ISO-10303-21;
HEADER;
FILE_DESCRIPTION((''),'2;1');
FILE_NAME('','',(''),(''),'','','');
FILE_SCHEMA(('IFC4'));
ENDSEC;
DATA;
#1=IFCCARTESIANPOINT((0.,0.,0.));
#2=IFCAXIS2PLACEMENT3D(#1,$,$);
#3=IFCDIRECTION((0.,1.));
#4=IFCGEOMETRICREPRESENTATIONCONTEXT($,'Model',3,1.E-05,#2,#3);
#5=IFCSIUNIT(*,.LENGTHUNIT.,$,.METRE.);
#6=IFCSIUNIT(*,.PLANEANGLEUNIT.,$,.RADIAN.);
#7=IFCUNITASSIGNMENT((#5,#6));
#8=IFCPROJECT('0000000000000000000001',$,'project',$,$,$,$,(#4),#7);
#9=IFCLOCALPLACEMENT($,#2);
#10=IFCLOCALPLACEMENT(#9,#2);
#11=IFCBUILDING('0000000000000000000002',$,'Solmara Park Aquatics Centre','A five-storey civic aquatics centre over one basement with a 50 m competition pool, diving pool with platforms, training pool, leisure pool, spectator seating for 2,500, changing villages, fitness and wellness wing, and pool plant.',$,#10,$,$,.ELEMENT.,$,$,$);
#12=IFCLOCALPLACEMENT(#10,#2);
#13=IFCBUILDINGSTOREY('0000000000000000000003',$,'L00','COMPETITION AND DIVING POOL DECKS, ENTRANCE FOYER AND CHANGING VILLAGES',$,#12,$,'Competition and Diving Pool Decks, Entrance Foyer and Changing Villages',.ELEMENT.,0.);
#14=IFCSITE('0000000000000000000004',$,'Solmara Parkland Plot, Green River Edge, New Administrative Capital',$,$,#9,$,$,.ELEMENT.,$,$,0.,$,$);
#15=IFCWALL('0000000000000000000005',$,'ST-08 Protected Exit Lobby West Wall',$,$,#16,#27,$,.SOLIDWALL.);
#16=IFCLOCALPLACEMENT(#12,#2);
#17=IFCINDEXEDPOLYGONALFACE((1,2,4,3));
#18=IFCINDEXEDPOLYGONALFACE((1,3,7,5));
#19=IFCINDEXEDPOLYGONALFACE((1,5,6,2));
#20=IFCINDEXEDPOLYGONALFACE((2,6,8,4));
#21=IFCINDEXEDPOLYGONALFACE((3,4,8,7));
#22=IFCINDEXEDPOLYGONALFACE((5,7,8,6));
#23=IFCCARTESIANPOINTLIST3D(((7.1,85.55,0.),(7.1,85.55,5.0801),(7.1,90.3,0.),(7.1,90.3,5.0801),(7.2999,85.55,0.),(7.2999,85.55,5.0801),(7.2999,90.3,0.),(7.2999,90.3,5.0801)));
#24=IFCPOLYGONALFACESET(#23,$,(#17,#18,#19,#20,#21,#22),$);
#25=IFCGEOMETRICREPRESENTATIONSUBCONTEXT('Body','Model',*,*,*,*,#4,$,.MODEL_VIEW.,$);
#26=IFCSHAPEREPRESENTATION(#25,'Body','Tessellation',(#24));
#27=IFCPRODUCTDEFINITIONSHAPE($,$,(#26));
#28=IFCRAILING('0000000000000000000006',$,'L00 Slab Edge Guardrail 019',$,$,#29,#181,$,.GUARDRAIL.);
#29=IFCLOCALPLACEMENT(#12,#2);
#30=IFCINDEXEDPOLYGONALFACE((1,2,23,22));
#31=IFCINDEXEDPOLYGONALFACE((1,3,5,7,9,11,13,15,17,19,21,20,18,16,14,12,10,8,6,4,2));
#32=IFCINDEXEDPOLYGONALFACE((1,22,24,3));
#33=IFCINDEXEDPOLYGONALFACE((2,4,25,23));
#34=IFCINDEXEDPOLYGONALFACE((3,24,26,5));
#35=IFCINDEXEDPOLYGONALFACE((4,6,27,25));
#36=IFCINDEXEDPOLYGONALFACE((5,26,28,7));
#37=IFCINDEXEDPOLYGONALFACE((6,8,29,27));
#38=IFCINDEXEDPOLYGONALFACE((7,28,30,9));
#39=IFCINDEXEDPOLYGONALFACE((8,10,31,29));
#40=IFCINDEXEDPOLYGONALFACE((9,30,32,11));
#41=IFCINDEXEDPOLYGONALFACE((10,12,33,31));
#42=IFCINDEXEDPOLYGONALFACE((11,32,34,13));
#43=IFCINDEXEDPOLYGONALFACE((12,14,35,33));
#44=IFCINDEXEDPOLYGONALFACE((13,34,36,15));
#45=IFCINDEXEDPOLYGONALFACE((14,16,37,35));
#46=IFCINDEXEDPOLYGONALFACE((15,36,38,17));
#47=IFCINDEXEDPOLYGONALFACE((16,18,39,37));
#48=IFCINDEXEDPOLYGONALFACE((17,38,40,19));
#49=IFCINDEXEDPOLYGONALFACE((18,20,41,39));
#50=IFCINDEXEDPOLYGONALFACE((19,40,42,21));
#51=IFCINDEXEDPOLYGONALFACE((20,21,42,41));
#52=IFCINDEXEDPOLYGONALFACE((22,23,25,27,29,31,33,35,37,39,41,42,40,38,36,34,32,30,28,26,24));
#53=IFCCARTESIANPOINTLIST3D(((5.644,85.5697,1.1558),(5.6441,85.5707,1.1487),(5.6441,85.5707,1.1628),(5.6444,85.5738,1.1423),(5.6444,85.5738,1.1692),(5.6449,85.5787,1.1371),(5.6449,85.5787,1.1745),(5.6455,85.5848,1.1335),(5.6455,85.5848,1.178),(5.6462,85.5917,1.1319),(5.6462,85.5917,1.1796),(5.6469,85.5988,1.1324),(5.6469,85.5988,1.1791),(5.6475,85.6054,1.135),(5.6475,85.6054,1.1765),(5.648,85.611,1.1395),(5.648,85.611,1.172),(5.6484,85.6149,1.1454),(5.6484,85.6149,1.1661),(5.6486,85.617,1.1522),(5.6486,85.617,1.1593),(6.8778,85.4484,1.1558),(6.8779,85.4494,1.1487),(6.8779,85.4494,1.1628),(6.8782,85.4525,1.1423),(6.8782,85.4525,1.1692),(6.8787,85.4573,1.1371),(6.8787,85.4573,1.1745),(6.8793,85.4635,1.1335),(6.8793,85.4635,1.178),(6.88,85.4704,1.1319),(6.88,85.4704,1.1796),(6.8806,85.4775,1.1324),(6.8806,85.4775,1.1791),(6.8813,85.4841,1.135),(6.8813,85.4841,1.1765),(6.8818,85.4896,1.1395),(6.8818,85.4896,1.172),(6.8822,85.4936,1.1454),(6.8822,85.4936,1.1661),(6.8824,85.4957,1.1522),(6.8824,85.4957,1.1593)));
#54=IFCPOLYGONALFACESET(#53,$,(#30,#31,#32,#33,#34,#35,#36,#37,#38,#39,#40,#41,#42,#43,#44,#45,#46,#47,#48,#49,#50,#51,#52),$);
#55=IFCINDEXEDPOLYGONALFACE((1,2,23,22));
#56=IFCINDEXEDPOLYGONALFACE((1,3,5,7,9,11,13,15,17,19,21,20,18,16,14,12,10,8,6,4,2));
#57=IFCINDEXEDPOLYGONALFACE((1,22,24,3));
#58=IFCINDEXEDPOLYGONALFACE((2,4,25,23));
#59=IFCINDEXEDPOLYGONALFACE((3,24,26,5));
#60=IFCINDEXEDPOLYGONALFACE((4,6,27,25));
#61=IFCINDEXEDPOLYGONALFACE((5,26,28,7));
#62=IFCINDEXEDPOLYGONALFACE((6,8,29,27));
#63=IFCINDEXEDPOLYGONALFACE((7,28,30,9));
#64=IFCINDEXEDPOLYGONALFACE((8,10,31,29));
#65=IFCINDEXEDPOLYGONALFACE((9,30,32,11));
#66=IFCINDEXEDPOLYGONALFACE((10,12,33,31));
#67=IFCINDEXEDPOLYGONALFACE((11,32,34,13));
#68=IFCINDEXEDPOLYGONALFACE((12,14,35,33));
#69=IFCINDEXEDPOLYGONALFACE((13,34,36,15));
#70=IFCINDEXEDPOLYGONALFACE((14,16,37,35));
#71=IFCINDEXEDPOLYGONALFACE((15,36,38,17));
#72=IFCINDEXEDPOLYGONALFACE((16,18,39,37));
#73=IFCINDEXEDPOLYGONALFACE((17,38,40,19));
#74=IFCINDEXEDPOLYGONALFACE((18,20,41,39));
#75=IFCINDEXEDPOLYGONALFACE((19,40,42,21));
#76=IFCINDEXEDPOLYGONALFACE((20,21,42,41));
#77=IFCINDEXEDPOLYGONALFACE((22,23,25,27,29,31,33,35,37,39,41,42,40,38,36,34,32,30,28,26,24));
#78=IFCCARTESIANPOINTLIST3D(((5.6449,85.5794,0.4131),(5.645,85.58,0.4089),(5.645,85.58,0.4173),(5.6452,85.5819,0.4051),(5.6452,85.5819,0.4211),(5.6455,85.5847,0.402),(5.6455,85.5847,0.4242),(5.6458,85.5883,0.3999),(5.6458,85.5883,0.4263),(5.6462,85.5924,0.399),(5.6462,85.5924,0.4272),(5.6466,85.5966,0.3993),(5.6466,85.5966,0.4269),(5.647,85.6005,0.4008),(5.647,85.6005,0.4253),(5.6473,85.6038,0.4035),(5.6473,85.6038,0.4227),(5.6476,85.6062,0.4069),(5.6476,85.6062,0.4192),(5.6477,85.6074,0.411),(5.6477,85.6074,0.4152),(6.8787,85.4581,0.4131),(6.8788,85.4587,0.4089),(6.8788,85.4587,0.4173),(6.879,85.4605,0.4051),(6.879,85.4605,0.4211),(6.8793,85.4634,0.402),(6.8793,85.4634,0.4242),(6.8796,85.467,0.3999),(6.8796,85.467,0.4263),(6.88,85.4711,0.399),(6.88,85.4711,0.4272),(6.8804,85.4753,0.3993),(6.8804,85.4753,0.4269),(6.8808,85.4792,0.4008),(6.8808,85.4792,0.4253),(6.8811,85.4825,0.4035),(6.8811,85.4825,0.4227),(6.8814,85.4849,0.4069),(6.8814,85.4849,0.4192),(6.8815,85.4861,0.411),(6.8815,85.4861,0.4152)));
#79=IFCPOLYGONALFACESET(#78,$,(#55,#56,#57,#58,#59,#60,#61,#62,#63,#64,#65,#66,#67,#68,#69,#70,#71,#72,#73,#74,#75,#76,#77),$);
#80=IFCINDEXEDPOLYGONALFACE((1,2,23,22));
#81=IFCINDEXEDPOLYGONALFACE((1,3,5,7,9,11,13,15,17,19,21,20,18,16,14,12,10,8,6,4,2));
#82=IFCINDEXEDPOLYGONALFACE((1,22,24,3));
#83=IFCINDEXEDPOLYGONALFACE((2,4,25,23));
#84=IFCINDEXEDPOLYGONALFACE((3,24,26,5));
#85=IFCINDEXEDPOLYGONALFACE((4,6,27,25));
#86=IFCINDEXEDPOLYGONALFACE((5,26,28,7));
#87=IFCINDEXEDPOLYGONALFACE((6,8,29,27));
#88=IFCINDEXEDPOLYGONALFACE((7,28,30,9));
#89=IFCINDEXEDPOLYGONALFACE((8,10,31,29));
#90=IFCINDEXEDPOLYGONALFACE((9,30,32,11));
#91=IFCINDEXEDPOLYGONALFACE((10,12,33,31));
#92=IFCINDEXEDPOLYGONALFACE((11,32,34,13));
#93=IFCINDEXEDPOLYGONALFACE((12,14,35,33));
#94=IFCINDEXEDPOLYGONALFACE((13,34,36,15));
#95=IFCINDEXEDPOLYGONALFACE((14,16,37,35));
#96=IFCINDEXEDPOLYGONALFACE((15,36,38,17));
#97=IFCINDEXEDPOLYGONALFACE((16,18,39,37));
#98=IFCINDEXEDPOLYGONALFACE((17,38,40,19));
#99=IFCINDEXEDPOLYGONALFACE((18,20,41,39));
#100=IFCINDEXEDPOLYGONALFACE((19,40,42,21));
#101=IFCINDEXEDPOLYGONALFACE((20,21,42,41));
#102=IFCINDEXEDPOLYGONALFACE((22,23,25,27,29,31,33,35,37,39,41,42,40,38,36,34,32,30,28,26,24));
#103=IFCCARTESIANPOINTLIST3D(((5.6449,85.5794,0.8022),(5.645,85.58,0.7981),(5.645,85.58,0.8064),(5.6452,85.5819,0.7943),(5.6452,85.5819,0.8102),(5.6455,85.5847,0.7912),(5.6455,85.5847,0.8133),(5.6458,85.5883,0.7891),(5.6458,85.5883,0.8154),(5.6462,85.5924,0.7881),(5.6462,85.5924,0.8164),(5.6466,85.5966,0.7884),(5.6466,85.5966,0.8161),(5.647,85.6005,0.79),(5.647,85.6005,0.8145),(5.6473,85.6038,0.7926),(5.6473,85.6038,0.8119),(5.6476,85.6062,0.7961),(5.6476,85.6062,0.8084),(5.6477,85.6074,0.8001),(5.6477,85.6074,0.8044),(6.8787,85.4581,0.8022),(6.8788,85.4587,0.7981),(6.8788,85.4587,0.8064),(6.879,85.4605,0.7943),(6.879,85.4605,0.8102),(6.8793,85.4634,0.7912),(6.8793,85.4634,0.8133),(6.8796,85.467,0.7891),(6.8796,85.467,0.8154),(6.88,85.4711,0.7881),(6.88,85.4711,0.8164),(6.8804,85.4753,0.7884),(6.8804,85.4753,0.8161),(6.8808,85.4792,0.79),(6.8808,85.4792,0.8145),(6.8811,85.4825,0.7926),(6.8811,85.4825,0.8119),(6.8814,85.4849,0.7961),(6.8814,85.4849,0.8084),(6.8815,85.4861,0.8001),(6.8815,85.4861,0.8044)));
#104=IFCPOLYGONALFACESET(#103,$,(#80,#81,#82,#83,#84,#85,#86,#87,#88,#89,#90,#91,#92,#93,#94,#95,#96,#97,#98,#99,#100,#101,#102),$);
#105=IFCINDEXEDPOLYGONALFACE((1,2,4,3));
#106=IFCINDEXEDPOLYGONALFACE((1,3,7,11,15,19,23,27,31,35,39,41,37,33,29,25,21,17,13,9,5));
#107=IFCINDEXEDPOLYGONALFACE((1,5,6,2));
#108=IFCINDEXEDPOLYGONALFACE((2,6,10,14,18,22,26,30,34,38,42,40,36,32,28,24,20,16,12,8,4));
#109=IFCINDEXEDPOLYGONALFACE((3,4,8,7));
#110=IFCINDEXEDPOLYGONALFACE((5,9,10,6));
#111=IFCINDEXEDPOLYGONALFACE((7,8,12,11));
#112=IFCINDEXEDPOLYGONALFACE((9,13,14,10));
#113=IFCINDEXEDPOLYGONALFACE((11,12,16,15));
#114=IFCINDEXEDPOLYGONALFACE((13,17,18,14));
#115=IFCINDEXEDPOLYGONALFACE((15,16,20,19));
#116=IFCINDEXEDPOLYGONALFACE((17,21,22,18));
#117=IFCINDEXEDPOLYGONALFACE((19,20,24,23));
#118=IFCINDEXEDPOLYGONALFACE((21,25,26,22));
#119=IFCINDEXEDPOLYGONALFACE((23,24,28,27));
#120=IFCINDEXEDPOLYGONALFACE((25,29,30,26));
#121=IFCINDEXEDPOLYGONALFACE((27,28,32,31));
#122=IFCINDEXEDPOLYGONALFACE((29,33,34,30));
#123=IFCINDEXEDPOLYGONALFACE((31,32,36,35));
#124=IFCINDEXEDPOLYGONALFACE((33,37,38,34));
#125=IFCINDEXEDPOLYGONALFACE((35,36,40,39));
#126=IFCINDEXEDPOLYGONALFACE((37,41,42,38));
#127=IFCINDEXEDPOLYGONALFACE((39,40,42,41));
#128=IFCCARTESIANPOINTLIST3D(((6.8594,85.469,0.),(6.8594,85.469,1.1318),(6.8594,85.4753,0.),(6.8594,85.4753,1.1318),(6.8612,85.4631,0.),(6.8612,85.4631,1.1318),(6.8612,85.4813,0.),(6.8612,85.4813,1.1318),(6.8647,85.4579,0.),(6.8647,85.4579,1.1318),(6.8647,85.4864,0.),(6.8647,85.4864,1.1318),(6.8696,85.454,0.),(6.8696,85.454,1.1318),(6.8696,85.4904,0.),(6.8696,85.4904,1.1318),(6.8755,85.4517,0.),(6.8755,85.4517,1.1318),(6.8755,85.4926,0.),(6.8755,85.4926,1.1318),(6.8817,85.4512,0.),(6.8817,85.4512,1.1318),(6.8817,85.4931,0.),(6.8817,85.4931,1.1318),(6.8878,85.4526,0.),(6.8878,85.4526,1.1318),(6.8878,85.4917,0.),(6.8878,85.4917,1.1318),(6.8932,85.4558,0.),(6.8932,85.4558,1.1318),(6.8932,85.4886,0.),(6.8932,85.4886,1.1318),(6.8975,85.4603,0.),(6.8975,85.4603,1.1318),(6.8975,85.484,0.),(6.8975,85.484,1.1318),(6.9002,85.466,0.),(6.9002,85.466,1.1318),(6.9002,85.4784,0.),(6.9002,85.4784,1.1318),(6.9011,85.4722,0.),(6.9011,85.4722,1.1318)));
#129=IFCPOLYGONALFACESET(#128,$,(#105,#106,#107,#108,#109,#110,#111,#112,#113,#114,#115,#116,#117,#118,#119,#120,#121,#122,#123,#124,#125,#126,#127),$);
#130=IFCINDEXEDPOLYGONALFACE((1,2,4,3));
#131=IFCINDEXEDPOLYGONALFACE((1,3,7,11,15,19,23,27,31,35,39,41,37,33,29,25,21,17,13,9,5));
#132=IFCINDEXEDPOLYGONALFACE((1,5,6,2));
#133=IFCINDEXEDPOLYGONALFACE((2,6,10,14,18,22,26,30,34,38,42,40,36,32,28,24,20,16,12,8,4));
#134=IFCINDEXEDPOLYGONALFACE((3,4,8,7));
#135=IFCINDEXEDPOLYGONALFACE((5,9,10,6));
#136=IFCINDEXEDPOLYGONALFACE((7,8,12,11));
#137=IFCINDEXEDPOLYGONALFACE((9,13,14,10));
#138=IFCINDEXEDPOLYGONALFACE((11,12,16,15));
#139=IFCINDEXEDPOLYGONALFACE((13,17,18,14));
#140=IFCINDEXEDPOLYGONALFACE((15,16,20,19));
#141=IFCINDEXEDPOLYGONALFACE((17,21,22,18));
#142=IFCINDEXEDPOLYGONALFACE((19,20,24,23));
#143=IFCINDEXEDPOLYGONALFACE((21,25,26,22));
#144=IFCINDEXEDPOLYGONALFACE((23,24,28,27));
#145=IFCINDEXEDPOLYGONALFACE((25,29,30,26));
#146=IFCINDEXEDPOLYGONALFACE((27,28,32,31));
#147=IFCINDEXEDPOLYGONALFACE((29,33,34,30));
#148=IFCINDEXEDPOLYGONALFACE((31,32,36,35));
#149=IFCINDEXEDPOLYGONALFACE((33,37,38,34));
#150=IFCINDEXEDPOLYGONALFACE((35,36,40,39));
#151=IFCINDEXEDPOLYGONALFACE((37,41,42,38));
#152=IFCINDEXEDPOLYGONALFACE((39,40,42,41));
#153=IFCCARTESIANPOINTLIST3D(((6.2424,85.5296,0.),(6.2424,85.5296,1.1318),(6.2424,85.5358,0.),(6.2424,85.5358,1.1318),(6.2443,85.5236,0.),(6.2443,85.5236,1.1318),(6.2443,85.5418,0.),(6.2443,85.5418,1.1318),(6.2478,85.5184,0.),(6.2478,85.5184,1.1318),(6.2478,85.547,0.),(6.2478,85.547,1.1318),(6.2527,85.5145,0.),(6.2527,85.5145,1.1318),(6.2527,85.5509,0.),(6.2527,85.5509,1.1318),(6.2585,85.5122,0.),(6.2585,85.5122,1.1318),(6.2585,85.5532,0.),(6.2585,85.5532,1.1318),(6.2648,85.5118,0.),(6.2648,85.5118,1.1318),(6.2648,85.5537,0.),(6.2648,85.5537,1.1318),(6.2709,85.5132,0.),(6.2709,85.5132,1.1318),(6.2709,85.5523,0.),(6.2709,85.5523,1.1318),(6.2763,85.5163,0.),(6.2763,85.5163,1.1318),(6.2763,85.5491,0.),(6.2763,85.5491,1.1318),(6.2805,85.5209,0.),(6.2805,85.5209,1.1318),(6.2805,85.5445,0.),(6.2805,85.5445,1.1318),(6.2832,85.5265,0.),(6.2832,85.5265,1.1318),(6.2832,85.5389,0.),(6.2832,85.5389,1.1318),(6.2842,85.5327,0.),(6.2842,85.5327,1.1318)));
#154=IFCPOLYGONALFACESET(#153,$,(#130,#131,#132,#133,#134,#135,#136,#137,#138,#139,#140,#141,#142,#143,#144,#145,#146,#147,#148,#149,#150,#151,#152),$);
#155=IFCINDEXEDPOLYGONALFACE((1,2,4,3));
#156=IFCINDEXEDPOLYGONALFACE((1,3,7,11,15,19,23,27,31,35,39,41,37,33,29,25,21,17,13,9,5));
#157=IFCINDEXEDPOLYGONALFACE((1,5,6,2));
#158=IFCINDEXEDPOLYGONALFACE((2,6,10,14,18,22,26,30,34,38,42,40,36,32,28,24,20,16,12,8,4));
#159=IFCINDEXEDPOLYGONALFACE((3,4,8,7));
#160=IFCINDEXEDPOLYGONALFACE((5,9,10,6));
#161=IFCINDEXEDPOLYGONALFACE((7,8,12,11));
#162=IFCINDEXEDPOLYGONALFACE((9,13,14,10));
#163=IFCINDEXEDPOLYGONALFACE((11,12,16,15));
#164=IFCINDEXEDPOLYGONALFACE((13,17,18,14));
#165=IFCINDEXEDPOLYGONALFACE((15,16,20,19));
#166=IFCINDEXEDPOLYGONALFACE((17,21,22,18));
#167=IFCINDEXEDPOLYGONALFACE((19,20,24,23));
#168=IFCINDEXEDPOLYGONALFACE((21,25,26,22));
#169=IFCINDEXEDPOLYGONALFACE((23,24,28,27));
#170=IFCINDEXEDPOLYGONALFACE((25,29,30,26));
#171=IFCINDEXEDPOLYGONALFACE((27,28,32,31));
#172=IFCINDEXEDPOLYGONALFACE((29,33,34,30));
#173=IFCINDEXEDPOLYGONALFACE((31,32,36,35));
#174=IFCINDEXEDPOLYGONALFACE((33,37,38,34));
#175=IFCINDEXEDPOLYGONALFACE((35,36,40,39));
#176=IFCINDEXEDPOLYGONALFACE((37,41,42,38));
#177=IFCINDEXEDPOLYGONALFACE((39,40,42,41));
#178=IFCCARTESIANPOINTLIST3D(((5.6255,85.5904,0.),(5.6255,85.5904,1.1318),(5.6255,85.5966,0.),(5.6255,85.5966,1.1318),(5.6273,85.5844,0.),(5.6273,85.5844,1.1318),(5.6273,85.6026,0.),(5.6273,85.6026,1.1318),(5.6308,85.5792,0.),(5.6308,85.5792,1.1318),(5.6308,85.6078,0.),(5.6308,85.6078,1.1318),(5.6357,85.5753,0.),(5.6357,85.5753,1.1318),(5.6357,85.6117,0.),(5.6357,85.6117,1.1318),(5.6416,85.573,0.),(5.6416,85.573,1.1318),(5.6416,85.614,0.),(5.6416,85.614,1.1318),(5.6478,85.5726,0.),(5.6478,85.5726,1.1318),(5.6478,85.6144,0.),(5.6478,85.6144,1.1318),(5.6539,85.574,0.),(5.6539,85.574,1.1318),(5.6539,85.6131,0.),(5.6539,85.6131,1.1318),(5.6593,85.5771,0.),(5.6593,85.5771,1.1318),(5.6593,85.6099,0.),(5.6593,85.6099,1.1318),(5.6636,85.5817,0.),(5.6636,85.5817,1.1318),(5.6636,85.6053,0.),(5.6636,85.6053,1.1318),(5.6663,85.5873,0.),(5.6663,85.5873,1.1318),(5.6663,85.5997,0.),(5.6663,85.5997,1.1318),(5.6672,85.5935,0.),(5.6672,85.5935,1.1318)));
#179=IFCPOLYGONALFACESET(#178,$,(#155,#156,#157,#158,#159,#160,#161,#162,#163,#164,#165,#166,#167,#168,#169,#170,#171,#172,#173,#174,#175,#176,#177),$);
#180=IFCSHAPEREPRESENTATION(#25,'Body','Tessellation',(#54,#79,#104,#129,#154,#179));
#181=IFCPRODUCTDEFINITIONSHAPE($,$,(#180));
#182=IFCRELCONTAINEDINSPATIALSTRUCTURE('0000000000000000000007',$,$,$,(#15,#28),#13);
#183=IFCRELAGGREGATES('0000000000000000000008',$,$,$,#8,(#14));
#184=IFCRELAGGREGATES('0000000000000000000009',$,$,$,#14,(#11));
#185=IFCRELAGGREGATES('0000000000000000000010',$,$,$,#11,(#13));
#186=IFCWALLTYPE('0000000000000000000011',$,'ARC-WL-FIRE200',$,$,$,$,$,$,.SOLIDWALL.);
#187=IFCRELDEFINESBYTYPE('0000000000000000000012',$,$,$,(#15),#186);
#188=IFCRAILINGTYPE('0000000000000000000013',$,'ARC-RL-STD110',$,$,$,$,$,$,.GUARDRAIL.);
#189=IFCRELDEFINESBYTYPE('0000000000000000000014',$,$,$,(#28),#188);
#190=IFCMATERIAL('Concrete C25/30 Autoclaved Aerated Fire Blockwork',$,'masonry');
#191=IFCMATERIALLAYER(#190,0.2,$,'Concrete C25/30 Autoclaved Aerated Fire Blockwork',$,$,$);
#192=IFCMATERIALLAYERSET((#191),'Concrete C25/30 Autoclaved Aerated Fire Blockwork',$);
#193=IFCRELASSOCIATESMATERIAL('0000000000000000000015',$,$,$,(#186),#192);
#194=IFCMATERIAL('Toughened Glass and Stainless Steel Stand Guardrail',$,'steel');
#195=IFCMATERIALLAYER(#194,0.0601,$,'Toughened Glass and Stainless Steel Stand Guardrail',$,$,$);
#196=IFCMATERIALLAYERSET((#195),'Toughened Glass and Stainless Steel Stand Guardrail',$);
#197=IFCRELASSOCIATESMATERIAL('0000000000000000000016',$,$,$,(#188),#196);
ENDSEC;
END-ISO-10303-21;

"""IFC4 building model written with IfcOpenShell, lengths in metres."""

from ifc_helpers import new_model, si_unit, direction, frame, frame_2d, origin, origin_2d, place, context, subcontext, project, spatial, rectangle, circle, extrude, material, layer, layer_set, type_object, element, save


model = new_model("IFC4")

# Units and contexts
model_context = context("Model", 3, precision=1e-05, world=origin(), true_north=direction((0.0, 1.0)))
body_context = subcontext(model_context, "Body", "Model", "MODEL_VIEW")
ifc_project = project(units=[si_unit("LENGTHUNIT", "METRE"), si_unit("PLANEANGLEUNIT", "RADIAN")], contexts=[model_context])

# Site, building, storey
site_placement = place(None, origin())
site = spatial("IfcSite", under=ifc_project, at=site_placement, Name="Solmara Parkland Plot, Green River Edge, New Administrative Capital", CompositionType="ELEMENT", RefElevation=0.0)
building_placement = place(site_placement, origin())
building = spatial("IfcBuilding", under=site, at=building_placement, Name="Solmara Park Aquatics Centre", Description="A five-storey civic aquatics centre over one basement with a 50 m competition pool, diving pool with platforms, training pool, leisure pool, spectator seating for 2,500, changing villages, fitness and wellness wing, and pool plant.", CompositionType="ELEMENT")
storey_placement = place(building_placement, origin())
storey = spatial("IfcBuildingStorey", under=building, at=storey_placement, Name="L00", Description="COMPETITION AND DIVING POOL DECKS, ENTRANCE FOYER AND CHANGING VILLAGES", LongName="Competition and Diving Pool Decks, Entrance Foyer and Changing Villages", CompositionType="ELEMENT", Elevation=0.0)

# Wall
ifc_material_1 = material(Name="Concrete C25/30 Autoclaved Aerated Fire Blockwork", Category="masonry")
ifc_layer_1 = layer(ifc_material_1, 0.2, Name="Concrete C25/30 Autoclaved Aerated Fire Blockwork")
ifc_layer_set_1 = layer_set([ifc_layer_1], Name="Concrete C25/30 Autoclaved Aerated Fire Blockwork")
wall_type_1 = type_object("IfcWallType", Name="ARC-WL-FIRE200", PredefinedType="SOLIDWALL", material=ifc_layer_set_1)
wall_1_placement = place(storey_placement, frame((7.2, 85.55, 0.0), z_axis=(0.0, 0.0, 1.0), x_axis=(0.0, 1.0, 0.0)))
element("IfcWall", 1, at=wall_1_placement, inside=storey, type_object=wall_type_1, Name="ST-08 Protected Exit Lobby West Wall", PredefinedType="SOLIDWALL", context=body_context, shape_type="SweptSolid", body=[
    extrude(rectangle(XDim=4.75, YDim=0.2, at=frame_2d((2.375, 0.0))), origin(), (0.0, 0.0, 1.0), 5.0801),
])

# Railing
ifc_material_2 = material(Name="Toughened Glass and Stainless Steel Stand Guardrail", Category="steel")
ifc_layer_2 = layer(ifc_material_2, 0.0601, Name="Toughened Glass and Stainless Steel Stand Guardrail")
ifc_layer_set_2 = layer_set([ifc_layer_2], Name="Toughened Glass and Stainless Steel Stand Guardrail")
railing_type = type_object("IfcRailingType", Name="ARC-RL-STD110", PredefinedType="GUARDRAIL", material=ifc_layer_set_2)
railing_1_placement = place(storey_placement, frame((6.8801, 85.4722, 0.0)))
element("IfcRailing", 2, at=railing_1_placement, inside=storey, type_object=railing_type, Name="L00 Slab Edge Guardrail 019", PredefinedType="GUARDRAIL", context=body_context, shape_type="SweptSolid", body=[
    extrude(circle(Radius=0.0239, at=origin_2d()), frame((0.0, 0.0, 1.1558), z_axis=(-0.9952, 0.097866, 0.0), x_axis=(-0.097866, -0.9952, 0.0)), (0.0, 0.0, 1.0), 1.2397),
    extrude(circle(Radius=0.0142, at=origin_2d()), frame((0.0, 0.0, 0.4131), z_axis=(-0.9952, 0.097866, 0.0), x_axis=(-0.097866, -0.9952, 0.0)), (0.0, 0.0, 1.0), 1.2397),
    extrude(circle(Radius=0.0142, at=origin_2d()), frame((0.0, 0.0, 0.8022), z_axis=(-0.9952, 0.097866, 0.0), x_axis=(-0.097866, -0.9952, 0.0)), (0.0, 0.0, 1.0), 1.2397),
    extrude(circle(Radius=0.021, at=origin_2d()), origin(), (0.0, 0.0, 1.0), 1.1318),
    extrude(circle(Radius=0.021, at=origin_2d()), frame((-0.6169, 0.0605, 0.0)), (0.0, 0.0, 1.0), 1.1318),
    extrude(circle(Radius=0.021, at=origin_2d()), frame((-1.2339, 0.1213, 0.0)), (0.0, 0.0, 1.0), 1.1318),
])

save(model, "model.ifc")
